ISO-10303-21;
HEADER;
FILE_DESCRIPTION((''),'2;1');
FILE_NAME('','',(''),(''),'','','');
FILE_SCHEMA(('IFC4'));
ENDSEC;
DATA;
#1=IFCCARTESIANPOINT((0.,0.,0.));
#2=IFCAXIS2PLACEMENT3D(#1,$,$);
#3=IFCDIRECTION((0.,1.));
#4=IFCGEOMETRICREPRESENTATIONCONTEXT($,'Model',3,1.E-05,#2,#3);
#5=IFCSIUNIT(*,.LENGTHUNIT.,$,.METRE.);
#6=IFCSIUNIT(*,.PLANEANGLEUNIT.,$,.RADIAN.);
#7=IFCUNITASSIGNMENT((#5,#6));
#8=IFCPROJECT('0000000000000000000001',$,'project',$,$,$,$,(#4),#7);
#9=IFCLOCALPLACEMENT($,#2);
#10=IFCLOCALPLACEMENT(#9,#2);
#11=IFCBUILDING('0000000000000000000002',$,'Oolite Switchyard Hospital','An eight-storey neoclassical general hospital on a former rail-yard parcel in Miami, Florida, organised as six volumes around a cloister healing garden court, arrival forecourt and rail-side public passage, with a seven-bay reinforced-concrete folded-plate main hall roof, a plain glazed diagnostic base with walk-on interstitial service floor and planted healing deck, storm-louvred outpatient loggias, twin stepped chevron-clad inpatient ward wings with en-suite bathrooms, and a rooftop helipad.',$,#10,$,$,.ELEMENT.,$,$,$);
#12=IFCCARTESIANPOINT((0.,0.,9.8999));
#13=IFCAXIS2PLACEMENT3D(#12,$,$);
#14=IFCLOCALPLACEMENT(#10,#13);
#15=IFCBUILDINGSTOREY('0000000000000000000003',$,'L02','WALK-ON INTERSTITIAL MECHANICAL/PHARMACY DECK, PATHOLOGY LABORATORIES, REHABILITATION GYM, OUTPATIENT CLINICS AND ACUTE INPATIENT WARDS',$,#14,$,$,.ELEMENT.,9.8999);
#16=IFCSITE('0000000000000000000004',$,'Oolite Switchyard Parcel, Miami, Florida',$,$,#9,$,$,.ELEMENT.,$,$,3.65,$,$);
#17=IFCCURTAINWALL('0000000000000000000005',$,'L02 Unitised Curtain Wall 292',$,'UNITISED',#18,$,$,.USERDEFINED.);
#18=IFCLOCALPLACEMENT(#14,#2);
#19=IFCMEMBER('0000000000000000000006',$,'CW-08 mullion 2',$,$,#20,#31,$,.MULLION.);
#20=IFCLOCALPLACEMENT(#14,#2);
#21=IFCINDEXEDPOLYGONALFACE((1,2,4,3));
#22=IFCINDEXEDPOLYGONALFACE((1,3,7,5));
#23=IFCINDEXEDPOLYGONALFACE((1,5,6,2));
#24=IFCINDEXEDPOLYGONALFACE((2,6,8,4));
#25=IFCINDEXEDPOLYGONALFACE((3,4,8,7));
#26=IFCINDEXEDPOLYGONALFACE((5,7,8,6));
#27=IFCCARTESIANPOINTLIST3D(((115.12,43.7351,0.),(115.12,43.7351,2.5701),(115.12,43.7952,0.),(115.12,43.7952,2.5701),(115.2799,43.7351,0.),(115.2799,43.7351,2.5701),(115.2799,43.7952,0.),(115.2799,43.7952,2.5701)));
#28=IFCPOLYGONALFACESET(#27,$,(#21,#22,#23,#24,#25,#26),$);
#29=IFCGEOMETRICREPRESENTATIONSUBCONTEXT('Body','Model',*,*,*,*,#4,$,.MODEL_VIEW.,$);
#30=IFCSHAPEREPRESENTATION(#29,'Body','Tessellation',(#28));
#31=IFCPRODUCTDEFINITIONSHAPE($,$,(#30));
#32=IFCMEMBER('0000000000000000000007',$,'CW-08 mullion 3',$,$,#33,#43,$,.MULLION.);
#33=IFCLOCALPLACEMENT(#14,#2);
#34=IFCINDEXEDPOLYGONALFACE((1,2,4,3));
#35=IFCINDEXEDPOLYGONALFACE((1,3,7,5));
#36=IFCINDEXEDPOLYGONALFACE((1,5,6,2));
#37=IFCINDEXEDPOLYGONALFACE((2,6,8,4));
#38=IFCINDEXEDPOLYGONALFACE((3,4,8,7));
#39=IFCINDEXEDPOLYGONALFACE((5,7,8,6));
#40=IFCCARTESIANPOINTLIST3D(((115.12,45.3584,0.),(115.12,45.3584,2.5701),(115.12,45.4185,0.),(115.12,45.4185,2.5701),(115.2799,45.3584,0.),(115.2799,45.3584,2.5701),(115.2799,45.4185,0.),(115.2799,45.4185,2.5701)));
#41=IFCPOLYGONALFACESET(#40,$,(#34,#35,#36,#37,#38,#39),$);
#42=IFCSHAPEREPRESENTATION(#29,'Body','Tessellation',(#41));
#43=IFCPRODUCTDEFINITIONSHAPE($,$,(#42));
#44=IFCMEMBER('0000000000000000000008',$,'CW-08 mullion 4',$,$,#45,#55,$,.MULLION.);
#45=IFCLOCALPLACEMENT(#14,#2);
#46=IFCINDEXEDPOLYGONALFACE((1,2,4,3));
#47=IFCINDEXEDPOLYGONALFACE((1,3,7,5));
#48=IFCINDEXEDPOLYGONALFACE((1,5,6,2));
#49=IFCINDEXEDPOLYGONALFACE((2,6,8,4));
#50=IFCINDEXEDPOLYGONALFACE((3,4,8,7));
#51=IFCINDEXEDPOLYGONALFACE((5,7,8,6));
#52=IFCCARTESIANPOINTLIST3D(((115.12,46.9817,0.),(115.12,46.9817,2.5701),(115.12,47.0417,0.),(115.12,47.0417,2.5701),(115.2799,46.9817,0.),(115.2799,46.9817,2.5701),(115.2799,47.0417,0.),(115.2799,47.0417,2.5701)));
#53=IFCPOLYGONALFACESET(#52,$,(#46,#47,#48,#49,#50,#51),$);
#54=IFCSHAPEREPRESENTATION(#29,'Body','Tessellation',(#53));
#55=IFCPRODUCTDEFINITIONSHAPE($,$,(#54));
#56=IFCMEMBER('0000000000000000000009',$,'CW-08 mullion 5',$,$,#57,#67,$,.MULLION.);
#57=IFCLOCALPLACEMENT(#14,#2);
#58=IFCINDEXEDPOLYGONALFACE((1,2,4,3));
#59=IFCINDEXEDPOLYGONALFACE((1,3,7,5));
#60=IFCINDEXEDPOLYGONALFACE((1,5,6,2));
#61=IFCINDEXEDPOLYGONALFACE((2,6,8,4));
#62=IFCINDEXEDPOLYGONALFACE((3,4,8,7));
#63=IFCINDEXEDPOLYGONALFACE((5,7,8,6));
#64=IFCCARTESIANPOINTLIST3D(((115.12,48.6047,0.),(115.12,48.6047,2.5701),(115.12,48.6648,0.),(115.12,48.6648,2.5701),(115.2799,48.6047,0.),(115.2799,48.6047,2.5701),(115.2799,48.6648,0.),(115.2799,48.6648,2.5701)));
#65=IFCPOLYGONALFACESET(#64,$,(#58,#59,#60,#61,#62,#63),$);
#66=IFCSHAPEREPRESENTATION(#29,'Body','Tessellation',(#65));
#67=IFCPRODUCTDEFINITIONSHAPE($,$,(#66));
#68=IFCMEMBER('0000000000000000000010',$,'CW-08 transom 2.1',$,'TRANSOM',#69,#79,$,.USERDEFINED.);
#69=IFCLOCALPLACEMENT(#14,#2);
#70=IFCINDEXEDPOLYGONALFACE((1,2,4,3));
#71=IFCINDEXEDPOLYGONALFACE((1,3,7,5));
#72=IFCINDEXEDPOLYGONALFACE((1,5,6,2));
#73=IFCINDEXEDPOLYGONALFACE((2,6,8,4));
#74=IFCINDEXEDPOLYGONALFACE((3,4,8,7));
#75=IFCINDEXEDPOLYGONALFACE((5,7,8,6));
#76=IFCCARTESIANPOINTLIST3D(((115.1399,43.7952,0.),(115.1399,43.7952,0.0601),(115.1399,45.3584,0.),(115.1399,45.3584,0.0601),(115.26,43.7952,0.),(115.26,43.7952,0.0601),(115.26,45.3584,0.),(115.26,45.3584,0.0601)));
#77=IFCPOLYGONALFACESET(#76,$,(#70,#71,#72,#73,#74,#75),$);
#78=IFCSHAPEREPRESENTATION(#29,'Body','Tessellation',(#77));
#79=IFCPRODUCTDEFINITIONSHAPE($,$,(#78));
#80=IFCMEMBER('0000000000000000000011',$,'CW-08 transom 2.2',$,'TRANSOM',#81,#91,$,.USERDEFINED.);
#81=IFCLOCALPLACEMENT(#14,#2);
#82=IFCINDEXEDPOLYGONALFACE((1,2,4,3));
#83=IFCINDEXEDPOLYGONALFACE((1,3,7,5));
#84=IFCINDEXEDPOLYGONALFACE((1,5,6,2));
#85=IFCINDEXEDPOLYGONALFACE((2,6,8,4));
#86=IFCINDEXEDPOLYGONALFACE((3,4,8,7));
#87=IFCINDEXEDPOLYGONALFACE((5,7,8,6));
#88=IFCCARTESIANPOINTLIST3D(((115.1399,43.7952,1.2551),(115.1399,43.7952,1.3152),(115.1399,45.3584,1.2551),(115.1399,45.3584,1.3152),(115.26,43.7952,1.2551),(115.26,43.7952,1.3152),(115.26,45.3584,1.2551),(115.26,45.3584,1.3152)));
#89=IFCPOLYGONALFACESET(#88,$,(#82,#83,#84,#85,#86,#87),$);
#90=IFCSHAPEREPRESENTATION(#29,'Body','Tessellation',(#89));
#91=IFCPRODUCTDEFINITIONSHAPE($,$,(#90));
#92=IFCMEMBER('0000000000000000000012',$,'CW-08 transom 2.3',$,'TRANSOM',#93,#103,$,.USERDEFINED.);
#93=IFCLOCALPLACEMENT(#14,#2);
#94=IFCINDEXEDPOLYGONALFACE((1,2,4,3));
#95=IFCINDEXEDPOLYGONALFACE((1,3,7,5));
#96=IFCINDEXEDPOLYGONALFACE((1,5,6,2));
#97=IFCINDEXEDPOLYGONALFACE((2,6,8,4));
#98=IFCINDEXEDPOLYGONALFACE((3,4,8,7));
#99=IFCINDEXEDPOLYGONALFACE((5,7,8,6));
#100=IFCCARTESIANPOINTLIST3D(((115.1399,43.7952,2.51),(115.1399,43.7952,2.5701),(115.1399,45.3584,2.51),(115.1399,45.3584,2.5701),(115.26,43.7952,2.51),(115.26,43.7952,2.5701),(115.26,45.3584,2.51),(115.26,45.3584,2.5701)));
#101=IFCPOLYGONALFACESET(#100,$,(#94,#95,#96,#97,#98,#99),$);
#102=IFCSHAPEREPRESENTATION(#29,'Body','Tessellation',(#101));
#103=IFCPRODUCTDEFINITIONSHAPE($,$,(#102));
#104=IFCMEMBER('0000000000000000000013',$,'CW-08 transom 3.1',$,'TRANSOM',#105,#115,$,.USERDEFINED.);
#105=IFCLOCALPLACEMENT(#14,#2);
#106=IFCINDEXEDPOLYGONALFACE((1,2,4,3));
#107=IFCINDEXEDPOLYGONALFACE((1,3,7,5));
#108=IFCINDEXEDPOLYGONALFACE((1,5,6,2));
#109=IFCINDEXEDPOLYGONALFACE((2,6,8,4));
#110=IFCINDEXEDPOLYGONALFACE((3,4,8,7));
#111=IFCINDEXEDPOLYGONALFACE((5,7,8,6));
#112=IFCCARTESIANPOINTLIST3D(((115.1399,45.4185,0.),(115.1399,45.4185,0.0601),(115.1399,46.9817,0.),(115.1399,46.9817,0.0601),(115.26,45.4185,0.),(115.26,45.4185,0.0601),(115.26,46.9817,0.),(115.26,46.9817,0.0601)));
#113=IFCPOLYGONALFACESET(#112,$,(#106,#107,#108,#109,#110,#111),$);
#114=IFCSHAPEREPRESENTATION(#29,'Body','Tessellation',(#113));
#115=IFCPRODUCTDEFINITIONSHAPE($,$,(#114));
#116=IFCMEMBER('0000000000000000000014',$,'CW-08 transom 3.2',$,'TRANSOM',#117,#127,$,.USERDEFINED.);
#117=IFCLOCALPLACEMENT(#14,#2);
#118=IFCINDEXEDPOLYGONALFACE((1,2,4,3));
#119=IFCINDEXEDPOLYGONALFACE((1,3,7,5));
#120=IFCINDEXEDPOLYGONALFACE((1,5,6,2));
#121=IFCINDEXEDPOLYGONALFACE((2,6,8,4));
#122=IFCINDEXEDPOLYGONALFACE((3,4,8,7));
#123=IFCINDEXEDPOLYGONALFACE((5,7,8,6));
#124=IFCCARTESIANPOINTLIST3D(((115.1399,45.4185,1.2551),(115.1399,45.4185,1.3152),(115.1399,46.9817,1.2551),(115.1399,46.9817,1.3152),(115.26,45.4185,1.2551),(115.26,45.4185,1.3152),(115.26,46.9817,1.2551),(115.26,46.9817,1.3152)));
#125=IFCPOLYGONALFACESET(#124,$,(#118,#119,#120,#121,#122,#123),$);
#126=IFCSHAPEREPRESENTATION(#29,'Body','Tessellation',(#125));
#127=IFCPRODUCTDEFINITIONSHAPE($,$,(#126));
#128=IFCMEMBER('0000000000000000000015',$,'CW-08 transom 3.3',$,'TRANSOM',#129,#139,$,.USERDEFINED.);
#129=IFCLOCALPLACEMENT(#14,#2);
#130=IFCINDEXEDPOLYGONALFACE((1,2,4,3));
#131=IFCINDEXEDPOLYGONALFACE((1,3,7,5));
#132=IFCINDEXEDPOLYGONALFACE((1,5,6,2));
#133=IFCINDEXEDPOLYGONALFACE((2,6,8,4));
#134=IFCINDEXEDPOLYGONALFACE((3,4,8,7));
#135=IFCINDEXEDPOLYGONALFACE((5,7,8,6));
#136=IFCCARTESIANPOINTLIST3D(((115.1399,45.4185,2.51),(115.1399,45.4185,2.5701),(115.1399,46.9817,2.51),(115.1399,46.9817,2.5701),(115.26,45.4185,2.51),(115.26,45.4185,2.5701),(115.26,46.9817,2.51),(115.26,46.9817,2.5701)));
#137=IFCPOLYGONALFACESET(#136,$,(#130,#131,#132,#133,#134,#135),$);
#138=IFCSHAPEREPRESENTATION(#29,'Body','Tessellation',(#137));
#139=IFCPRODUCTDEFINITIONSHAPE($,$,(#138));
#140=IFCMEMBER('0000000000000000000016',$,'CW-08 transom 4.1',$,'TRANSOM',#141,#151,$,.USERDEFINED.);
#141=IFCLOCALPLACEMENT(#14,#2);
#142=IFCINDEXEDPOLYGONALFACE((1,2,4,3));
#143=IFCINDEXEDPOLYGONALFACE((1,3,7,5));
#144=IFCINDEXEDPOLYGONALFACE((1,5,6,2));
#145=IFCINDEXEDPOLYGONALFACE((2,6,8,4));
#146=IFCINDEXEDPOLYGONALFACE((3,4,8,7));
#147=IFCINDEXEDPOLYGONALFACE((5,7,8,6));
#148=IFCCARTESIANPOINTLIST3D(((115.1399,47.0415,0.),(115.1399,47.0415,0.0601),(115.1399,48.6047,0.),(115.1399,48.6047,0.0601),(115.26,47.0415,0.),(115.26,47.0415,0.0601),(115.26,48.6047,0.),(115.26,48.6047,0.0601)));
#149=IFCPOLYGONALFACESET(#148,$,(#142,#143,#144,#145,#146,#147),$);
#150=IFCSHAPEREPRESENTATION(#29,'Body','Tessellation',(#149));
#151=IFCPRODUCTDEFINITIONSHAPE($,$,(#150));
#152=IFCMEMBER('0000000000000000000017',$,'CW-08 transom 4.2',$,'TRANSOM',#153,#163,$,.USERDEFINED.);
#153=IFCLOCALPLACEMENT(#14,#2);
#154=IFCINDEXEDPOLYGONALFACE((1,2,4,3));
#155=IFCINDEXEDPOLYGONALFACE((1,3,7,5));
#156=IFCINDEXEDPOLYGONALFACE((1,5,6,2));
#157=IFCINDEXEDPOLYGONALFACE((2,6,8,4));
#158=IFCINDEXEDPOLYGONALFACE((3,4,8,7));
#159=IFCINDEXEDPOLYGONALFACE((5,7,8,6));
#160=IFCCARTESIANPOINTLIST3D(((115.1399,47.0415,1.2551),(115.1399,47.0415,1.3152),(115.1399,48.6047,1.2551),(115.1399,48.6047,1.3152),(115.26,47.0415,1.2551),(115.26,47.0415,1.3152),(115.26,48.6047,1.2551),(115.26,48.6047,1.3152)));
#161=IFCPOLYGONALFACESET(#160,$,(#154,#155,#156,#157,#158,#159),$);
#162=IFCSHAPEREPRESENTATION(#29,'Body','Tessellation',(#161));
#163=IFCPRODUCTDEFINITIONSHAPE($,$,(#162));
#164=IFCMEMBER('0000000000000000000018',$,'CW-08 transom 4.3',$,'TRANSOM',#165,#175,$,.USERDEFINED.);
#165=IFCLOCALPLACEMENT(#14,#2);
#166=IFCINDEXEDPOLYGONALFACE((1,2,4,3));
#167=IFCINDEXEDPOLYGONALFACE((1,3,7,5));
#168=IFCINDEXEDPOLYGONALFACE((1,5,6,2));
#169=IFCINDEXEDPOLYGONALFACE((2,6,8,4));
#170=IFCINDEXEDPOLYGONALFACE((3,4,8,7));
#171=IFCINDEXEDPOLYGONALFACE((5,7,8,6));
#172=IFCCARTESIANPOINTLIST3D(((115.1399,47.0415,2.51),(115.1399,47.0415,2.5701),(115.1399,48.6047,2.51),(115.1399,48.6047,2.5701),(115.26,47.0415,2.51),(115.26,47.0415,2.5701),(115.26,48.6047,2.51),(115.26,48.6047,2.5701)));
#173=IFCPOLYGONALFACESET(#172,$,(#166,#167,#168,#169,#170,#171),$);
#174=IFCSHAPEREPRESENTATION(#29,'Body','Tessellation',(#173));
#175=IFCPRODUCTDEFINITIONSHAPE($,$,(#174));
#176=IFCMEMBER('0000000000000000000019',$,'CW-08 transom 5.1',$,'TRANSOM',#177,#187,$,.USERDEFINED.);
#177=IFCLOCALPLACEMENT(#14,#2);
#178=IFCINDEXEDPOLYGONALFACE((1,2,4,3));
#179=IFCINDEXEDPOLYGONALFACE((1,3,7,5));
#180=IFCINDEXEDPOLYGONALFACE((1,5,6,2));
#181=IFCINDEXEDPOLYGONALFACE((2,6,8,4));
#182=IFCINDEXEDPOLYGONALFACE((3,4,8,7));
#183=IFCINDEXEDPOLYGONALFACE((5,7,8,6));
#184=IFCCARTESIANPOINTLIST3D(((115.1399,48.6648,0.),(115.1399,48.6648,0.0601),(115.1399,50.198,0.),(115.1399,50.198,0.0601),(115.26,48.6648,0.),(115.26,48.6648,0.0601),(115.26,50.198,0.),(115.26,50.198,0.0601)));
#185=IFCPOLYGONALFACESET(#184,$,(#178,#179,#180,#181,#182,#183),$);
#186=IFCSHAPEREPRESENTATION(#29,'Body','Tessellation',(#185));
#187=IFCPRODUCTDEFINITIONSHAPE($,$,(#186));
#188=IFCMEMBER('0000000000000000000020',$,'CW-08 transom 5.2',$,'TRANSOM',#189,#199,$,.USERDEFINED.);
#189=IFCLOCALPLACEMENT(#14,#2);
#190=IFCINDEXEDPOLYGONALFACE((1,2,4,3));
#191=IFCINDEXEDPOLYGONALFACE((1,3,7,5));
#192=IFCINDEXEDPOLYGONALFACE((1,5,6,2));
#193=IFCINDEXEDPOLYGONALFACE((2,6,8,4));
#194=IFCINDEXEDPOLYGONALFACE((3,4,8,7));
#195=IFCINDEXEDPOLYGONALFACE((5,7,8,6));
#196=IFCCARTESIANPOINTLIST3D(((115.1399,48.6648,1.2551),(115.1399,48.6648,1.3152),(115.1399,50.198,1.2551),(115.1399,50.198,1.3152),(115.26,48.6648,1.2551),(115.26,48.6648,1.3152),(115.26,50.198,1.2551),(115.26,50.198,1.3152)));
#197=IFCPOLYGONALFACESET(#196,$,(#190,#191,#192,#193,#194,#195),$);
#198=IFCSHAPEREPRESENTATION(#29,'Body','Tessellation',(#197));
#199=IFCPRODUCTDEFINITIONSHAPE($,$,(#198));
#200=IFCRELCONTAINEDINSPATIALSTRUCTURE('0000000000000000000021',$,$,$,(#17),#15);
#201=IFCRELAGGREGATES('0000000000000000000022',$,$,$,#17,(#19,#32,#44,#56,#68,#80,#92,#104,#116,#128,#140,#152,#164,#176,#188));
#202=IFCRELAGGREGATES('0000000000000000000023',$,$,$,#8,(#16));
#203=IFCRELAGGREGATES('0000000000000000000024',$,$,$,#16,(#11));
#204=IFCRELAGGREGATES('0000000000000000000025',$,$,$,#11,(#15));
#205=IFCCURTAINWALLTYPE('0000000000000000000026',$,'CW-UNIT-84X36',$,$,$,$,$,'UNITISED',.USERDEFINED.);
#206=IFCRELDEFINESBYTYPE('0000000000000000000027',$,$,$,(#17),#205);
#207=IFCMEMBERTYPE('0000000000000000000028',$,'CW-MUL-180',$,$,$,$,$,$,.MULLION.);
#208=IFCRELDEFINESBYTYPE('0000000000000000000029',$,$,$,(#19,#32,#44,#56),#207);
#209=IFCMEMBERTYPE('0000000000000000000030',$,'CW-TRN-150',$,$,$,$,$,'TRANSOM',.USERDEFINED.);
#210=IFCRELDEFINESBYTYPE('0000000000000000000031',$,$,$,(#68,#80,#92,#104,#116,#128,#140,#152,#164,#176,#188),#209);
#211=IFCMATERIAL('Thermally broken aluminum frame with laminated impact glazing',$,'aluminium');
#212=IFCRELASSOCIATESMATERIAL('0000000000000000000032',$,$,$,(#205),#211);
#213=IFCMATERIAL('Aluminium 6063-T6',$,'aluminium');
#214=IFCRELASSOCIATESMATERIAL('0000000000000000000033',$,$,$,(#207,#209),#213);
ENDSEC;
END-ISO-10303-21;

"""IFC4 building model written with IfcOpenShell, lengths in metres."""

from ifc_helpers import new_model, si_unit, direction, frame, origin, origin_2d, place, context, subcontext, project, spatial, rectangle, extrude, material, material_profile, profile_set, type_object, element, aggregate, save


model = new_model("IFC4")

# Units and contexts
model_context = context("Model", 3, precision=1e-05, world=origin(), true_north=direction((0.0, 1.0)))
body_context = subcontext(model_context, "Body", "Model", "MODEL_VIEW")
ifc_project = project(units=[si_unit("LENGTHUNIT", "METRE"), si_unit("PLANEANGLEUNIT", "RADIAN")], contexts=[model_context])

# Site, building, storey
site_placement = place(None, origin())
site = spatial("IfcSite", under=ifc_project, at=site_placement, Name="Oolite Switchyard Parcel, Miami, Florida", CompositionType="ELEMENT", RefElevation=3.65)
building_placement = place(site_placement, origin())
building = spatial("IfcBuilding", under=site, at=building_placement, Name="Oolite Switchyard Hospital", Description="An eight-storey neoclassical general hospital on a former rail-yard parcel in Miami, Florida, organised as six volumes around a cloister healing garden court, arrival forecourt and rail-side public passage, with a seven-bay reinforced-concrete folded-plate main hall roof, a plain glazed diagnostic base with walk-on interstitial service floor and planted healing deck, storm-louvred outpatient loggias, twin stepped chevron-clad inpatient ward wings with en-suite bathrooms, and a rooftop helipad.", CompositionType="ELEMENT")
storey_placement = place(building_placement, frame((0.0, 0.0, 9.8999)))
storey = spatial("IfcBuildingStorey", under=building, at=storey_placement, Name="L02", Description="WALK-ON INTERSTITIAL MECHANICAL/PHARMACY DECK, PATHOLOGY LABORATORIES, REHABILITATION GYM, OUTPATIENT CLINICS AND ACUTE INPATIENT WARDS", CompositionType="ELEMENT", Elevation=9.8999)

# Curtain wall, members
ifc_material_1 = material(Name="Thermally broken aluminum frame with laminated impact glazing", Category="aluminium")
curtain_wall_type = type_object("IfcCurtainWallType", Name="CW-UNIT-84X36", ElementType="UNITISED", PredefinedType="USERDEFINED", material=ifc_material_1)
curtain_wall_placement = place(storey_placement, origin())
curtain_wall = element("IfcCurtainWall", 1, at=curtain_wall_placement, inside=storey, type_object=curtain_wall_type, Name="L02 Unitised Curtain Wall 292", ObjectType="UNITISED", PredefinedType="USERDEFINED")
ifc_material_2 = material(Name="Aluminium 6063-T6", Category="aluminium")
ifc_material_profile_1 = material_profile(ifc_material_2, rectangle(XDim=0.1599, YDim=0.0601, at=origin_2d()), Name="CWM60X160")
ifc_profile_set_1 = profile_set([ifc_material_profile_1], Name="Aluminium 6063-T6")
member_type_1 = type_object("IfcMemberType", Name="CW-MUL-180", PredefinedType="MULLION", material=ifc_profile_set_1)
member_1_placement = place(storey_placement, frame((115.2, 43.7651, 0.0), z_axis=(0.0, 0.0, 1.0), x_axis=(-1.0, 0.0, 0.0)))
member_1 = element("IfcMember", 2, at=member_1_placement, type_object=member_type_1, Name="CW-08 mullion 2", PredefinedType="MULLION", context=body_context, shape_type="SweptSolid", body=[
    extrude(rectangle(XDim=0.1599, YDim=0.0601, at=origin_2d()), origin(), (0.0, 0.0, 1.0), 2.5701),
])
member_2_placement = place(storey_placement, frame((115.2, 45.3884, 0.0), z_axis=(0.0, 0.0, 1.0), x_axis=(-1.0, 0.0, 0.0)))
member_2 = element("IfcMember", 3, at=member_2_placement, type_object=member_type_1, Name="CW-08 mullion 3", PredefinedType="MULLION", context=body_context, shape_type="SweptSolid", body=[
    extrude(rectangle(XDim=0.1599, YDim=0.0601, at=origin_2d()), origin(), (0.0, 0.0, 1.0), 2.5701),
])
member_3_placement = place(storey_placement, frame((115.2, 47.0117, 0.0), z_axis=(0.0, 0.0, 1.0), x_axis=(-1.0, 0.0, 0.0)))
member_3 = element("IfcMember", 4, at=member_3_placement, type_object=member_type_1, Name="CW-08 mullion 4", PredefinedType="MULLION", context=body_context, shape_type="SweptSolid", body=[
    extrude(rectangle(XDim=0.1599, YDim=0.0601, at=origin_2d()), origin(), (0.0, 0.0, 1.0), 2.5701),
])
member_4_placement = place(storey_placement, frame((115.2, 48.6348, 0.0), z_axis=(0.0, 0.0, 1.0), x_axis=(-1.0, 0.0, 0.0)))
member_4 = element("IfcMember", 5, at=member_4_placement, type_object=member_type_1, Name="CW-08 mullion 5", PredefinedType="MULLION", context=body_context, shape_type="SweptSolid", body=[
    extrude(rectangle(XDim=0.1599, YDim=0.0601, at=origin_2d()), origin(), (0.0, 0.0, 1.0), 2.5701),
])
ifc_material_profile_2 = material_profile(ifc_material_2, rectangle(XDim=0.1201, YDim=0.0601, at=origin_2d()), Name="CWT60X120")
ifc_profile_set_2 = profile_set([ifc_material_profile_2], Name="Aluminium 6063-T6")
member_type_2 = type_object("IfcMemberType", Name="CW-TRN-150", ElementType="TRANSOM", PredefinedType="USERDEFINED", material=ifc_profile_set_2)
member_5_placement = place(storey_placement, frame((115.2, 43.7952, 0.03), z_axis=(0.0, 1.0, 0.0), x_axis=(-1.0, 0.0, 0.0)))
member_5 = element("IfcMember", 6, at=member_5_placement, type_object=member_type_2, Name="CW-08 transom 2.1", ObjectType="TRANSOM", PredefinedType="USERDEFINED", context=body_context, shape_type="SweptSolid", body=[
    extrude(rectangle(XDim=0.1201, YDim=0.0601, at=origin_2d()), origin(), (0.0, 0.0, 1.0), 1.5632),
])
member_6_placement = place(storey_placement, frame((115.2, 43.7952, 1.2852), z_axis=(0.0, 1.0, 0.0), x_axis=(-1.0, 0.0, 0.0)))
member_6 = element("IfcMember", 7, at=member_6_placement, type_object=member_type_2, Name="CW-08 transom 2.2", ObjectType="TRANSOM", PredefinedType="USERDEFINED", context=body_context, shape_type="SweptSolid", body=[
    extrude(rectangle(XDim=0.1201, YDim=0.0601, at=origin_2d()), origin(), (0.0, 0.0, 1.0), 1.5632),
])
member_7_placement = place(storey_placement, frame((115.2, 43.7952, 2.54), z_axis=(0.0, 1.0, 0.0), x_axis=(-1.0, 0.0, 0.0)))
member_7 = element("IfcMember", 8, at=member_7_placement, type_object=member_type_2, Name="CW-08 transom 2.3", ObjectType="TRANSOM", PredefinedType="USERDEFINED", context=body_context, shape_type="SweptSolid", body=[
    extrude(rectangle(XDim=0.1201, YDim=0.0601, at=origin_2d()), origin(), (0.0, 0.0, 1.0), 1.5632),
])
member_8_placement = place(storey_placement, frame((115.2, 45.4185, 0.03), z_axis=(0.0, 1.0, 0.0), x_axis=(-1.0, 0.0, 0.0)))
member_8 = element("IfcMember", 9, at=member_8_placement, type_object=member_type_2, Name="CW-08 transom 3.1", ObjectType="TRANSOM", PredefinedType="USERDEFINED", context=body_context, shape_type="SweptSolid", body=[
    extrude(rectangle(XDim=0.1201, YDim=0.0601, at=origin_2d()), origin(), (0.0, 0.0, 1.0), 1.5632),
])
member_9_placement = place(storey_placement, frame((115.2, 45.4185, 1.2852), z_axis=(0.0, 1.0, 0.0), x_axis=(-1.0, 0.0, 0.0)))
member_9 = element("IfcMember", 10, at=member_9_placement, type_object=member_type_2, Name="CW-08 transom 3.2", ObjectType="TRANSOM", PredefinedType="USERDEFINED", context=body_context, shape_type="SweptSolid", body=[
    extrude(rectangle(XDim=0.1201, YDim=0.0601, at=origin_2d()), origin(), (0.0, 0.0, 1.0), 1.5632),
])
member_10_placement = place(storey_placement, frame((115.2, 45.4185, 2.54), z_axis=(0.0, 1.0, 0.0), x_axis=(-1.0, 0.0, 0.0)))
member_10 = element("IfcMember", 11, at=member_10_placement, type_object=member_type_2, Name="CW-08 transom 3.3", ObjectType="TRANSOM", PredefinedType="USERDEFINED", context=body_context, shape_type="SweptSolid", body=[
    extrude(rectangle(XDim=0.1201, YDim=0.0601, at=origin_2d()), origin(), (0.0, 0.0, 1.0), 1.5632),
])
member_11_placement = place(storey_placement, frame((115.2, 47.0415, 0.03), z_axis=(0.0, 1.0, 0.0), x_axis=(-1.0, 0.0, 0.0)))
member_11 = element("IfcMember", 12, at=member_11_placement, type_object=member_type_2, Name="CW-08 transom 4.1", ObjectType="TRANSOM", PredefinedType="USERDEFINED", context=body_context, shape_type="SweptSolid", body=[
    extrude(rectangle(XDim=0.1201, YDim=0.0601, at=origin_2d()), origin(), (0.0, 0.0, 1.0), 1.5632),
])
member_12_placement = place(storey_placement, frame((115.2, 47.0415, 1.2852), z_axis=(0.0, 1.0, 0.0), x_axis=(-1.0, 0.0, 0.0)))
member_12 = element("IfcMember", 13, at=member_12_placement, type_object=member_type_2, Name="CW-08 transom 4.2", ObjectType="TRANSOM", PredefinedType="USERDEFINED", context=body_context, shape_type="SweptSolid", body=[
    extrude(rectangle(XDim=0.1201, YDim=0.0601, at=origin_2d()), origin(), (0.0, 0.0, 1.0), 1.5632),
])
member_13_placement = place(storey_placement, frame((115.2, 47.0415, 2.54), z_axis=(0.0, 1.0, 0.0), x_axis=(-1.0, 0.0, 0.0)))
member_13 = element("IfcMember", 14, at=member_13_placement, type_object=member_type_2, Name="CW-08 transom 4.3", ObjectType="TRANSOM", PredefinedType="USERDEFINED", context=body_context, shape_type="SweptSolid", body=[
    extrude(rectangle(XDim=0.1201, YDim=0.0601, at=origin_2d()), origin(), (0.0, 0.0, 1.0), 1.5632),
])
member_14_placement = place(storey_placement, frame((115.2, 48.6648, 0.03), z_axis=(0.0, 1.0, 0.0), x_axis=(-1.0, 0.0, 0.0)))
member_14 = element("IfcMember", 15, at=member_14_placement, type_object=member_type_2, Name="CW-08 transom 5.1", ObjectType="TRANSOM", PredefinedType="USERDEFINED", context=body_context, shape_type="SweptSolid", body=[
    extrude(rectangle(XDim=0.1201, YDim=0.0601, at=origin_2d()), origin(), (0.0, 0.0, 1.0), 1.5332),
])
member_15_placement = place(storey_placement, frame((115.2, 48.6648, 1.2852), z_axis=(0.0, 1.0, 0.0), x_axis=(-1.0, 0.0, 0.0)))
member_15 = element("IfcMember", 16, at=member_15_placement, type_object=member_type_2, Name="CW-08 transom 5.2", ObjectType="TRANSOM", PredefinedType="USERDEFINED", context=body_context, shape_type="SweptSolid", body=[
    extrude(rectangle(XDim=0.1201, YDim=0.0601, at=origin_2d()), origin(), (0.0, 0.0, 1.0), 1.5332),
])
aggregate(curtain_wall, [member_1, member_2, member_3, member_4, member_5, member_6, member_7, member_8, member_9, member_10, member_11, member_12, member_13, member_14, member_15])

save(model, "model.ifc")
